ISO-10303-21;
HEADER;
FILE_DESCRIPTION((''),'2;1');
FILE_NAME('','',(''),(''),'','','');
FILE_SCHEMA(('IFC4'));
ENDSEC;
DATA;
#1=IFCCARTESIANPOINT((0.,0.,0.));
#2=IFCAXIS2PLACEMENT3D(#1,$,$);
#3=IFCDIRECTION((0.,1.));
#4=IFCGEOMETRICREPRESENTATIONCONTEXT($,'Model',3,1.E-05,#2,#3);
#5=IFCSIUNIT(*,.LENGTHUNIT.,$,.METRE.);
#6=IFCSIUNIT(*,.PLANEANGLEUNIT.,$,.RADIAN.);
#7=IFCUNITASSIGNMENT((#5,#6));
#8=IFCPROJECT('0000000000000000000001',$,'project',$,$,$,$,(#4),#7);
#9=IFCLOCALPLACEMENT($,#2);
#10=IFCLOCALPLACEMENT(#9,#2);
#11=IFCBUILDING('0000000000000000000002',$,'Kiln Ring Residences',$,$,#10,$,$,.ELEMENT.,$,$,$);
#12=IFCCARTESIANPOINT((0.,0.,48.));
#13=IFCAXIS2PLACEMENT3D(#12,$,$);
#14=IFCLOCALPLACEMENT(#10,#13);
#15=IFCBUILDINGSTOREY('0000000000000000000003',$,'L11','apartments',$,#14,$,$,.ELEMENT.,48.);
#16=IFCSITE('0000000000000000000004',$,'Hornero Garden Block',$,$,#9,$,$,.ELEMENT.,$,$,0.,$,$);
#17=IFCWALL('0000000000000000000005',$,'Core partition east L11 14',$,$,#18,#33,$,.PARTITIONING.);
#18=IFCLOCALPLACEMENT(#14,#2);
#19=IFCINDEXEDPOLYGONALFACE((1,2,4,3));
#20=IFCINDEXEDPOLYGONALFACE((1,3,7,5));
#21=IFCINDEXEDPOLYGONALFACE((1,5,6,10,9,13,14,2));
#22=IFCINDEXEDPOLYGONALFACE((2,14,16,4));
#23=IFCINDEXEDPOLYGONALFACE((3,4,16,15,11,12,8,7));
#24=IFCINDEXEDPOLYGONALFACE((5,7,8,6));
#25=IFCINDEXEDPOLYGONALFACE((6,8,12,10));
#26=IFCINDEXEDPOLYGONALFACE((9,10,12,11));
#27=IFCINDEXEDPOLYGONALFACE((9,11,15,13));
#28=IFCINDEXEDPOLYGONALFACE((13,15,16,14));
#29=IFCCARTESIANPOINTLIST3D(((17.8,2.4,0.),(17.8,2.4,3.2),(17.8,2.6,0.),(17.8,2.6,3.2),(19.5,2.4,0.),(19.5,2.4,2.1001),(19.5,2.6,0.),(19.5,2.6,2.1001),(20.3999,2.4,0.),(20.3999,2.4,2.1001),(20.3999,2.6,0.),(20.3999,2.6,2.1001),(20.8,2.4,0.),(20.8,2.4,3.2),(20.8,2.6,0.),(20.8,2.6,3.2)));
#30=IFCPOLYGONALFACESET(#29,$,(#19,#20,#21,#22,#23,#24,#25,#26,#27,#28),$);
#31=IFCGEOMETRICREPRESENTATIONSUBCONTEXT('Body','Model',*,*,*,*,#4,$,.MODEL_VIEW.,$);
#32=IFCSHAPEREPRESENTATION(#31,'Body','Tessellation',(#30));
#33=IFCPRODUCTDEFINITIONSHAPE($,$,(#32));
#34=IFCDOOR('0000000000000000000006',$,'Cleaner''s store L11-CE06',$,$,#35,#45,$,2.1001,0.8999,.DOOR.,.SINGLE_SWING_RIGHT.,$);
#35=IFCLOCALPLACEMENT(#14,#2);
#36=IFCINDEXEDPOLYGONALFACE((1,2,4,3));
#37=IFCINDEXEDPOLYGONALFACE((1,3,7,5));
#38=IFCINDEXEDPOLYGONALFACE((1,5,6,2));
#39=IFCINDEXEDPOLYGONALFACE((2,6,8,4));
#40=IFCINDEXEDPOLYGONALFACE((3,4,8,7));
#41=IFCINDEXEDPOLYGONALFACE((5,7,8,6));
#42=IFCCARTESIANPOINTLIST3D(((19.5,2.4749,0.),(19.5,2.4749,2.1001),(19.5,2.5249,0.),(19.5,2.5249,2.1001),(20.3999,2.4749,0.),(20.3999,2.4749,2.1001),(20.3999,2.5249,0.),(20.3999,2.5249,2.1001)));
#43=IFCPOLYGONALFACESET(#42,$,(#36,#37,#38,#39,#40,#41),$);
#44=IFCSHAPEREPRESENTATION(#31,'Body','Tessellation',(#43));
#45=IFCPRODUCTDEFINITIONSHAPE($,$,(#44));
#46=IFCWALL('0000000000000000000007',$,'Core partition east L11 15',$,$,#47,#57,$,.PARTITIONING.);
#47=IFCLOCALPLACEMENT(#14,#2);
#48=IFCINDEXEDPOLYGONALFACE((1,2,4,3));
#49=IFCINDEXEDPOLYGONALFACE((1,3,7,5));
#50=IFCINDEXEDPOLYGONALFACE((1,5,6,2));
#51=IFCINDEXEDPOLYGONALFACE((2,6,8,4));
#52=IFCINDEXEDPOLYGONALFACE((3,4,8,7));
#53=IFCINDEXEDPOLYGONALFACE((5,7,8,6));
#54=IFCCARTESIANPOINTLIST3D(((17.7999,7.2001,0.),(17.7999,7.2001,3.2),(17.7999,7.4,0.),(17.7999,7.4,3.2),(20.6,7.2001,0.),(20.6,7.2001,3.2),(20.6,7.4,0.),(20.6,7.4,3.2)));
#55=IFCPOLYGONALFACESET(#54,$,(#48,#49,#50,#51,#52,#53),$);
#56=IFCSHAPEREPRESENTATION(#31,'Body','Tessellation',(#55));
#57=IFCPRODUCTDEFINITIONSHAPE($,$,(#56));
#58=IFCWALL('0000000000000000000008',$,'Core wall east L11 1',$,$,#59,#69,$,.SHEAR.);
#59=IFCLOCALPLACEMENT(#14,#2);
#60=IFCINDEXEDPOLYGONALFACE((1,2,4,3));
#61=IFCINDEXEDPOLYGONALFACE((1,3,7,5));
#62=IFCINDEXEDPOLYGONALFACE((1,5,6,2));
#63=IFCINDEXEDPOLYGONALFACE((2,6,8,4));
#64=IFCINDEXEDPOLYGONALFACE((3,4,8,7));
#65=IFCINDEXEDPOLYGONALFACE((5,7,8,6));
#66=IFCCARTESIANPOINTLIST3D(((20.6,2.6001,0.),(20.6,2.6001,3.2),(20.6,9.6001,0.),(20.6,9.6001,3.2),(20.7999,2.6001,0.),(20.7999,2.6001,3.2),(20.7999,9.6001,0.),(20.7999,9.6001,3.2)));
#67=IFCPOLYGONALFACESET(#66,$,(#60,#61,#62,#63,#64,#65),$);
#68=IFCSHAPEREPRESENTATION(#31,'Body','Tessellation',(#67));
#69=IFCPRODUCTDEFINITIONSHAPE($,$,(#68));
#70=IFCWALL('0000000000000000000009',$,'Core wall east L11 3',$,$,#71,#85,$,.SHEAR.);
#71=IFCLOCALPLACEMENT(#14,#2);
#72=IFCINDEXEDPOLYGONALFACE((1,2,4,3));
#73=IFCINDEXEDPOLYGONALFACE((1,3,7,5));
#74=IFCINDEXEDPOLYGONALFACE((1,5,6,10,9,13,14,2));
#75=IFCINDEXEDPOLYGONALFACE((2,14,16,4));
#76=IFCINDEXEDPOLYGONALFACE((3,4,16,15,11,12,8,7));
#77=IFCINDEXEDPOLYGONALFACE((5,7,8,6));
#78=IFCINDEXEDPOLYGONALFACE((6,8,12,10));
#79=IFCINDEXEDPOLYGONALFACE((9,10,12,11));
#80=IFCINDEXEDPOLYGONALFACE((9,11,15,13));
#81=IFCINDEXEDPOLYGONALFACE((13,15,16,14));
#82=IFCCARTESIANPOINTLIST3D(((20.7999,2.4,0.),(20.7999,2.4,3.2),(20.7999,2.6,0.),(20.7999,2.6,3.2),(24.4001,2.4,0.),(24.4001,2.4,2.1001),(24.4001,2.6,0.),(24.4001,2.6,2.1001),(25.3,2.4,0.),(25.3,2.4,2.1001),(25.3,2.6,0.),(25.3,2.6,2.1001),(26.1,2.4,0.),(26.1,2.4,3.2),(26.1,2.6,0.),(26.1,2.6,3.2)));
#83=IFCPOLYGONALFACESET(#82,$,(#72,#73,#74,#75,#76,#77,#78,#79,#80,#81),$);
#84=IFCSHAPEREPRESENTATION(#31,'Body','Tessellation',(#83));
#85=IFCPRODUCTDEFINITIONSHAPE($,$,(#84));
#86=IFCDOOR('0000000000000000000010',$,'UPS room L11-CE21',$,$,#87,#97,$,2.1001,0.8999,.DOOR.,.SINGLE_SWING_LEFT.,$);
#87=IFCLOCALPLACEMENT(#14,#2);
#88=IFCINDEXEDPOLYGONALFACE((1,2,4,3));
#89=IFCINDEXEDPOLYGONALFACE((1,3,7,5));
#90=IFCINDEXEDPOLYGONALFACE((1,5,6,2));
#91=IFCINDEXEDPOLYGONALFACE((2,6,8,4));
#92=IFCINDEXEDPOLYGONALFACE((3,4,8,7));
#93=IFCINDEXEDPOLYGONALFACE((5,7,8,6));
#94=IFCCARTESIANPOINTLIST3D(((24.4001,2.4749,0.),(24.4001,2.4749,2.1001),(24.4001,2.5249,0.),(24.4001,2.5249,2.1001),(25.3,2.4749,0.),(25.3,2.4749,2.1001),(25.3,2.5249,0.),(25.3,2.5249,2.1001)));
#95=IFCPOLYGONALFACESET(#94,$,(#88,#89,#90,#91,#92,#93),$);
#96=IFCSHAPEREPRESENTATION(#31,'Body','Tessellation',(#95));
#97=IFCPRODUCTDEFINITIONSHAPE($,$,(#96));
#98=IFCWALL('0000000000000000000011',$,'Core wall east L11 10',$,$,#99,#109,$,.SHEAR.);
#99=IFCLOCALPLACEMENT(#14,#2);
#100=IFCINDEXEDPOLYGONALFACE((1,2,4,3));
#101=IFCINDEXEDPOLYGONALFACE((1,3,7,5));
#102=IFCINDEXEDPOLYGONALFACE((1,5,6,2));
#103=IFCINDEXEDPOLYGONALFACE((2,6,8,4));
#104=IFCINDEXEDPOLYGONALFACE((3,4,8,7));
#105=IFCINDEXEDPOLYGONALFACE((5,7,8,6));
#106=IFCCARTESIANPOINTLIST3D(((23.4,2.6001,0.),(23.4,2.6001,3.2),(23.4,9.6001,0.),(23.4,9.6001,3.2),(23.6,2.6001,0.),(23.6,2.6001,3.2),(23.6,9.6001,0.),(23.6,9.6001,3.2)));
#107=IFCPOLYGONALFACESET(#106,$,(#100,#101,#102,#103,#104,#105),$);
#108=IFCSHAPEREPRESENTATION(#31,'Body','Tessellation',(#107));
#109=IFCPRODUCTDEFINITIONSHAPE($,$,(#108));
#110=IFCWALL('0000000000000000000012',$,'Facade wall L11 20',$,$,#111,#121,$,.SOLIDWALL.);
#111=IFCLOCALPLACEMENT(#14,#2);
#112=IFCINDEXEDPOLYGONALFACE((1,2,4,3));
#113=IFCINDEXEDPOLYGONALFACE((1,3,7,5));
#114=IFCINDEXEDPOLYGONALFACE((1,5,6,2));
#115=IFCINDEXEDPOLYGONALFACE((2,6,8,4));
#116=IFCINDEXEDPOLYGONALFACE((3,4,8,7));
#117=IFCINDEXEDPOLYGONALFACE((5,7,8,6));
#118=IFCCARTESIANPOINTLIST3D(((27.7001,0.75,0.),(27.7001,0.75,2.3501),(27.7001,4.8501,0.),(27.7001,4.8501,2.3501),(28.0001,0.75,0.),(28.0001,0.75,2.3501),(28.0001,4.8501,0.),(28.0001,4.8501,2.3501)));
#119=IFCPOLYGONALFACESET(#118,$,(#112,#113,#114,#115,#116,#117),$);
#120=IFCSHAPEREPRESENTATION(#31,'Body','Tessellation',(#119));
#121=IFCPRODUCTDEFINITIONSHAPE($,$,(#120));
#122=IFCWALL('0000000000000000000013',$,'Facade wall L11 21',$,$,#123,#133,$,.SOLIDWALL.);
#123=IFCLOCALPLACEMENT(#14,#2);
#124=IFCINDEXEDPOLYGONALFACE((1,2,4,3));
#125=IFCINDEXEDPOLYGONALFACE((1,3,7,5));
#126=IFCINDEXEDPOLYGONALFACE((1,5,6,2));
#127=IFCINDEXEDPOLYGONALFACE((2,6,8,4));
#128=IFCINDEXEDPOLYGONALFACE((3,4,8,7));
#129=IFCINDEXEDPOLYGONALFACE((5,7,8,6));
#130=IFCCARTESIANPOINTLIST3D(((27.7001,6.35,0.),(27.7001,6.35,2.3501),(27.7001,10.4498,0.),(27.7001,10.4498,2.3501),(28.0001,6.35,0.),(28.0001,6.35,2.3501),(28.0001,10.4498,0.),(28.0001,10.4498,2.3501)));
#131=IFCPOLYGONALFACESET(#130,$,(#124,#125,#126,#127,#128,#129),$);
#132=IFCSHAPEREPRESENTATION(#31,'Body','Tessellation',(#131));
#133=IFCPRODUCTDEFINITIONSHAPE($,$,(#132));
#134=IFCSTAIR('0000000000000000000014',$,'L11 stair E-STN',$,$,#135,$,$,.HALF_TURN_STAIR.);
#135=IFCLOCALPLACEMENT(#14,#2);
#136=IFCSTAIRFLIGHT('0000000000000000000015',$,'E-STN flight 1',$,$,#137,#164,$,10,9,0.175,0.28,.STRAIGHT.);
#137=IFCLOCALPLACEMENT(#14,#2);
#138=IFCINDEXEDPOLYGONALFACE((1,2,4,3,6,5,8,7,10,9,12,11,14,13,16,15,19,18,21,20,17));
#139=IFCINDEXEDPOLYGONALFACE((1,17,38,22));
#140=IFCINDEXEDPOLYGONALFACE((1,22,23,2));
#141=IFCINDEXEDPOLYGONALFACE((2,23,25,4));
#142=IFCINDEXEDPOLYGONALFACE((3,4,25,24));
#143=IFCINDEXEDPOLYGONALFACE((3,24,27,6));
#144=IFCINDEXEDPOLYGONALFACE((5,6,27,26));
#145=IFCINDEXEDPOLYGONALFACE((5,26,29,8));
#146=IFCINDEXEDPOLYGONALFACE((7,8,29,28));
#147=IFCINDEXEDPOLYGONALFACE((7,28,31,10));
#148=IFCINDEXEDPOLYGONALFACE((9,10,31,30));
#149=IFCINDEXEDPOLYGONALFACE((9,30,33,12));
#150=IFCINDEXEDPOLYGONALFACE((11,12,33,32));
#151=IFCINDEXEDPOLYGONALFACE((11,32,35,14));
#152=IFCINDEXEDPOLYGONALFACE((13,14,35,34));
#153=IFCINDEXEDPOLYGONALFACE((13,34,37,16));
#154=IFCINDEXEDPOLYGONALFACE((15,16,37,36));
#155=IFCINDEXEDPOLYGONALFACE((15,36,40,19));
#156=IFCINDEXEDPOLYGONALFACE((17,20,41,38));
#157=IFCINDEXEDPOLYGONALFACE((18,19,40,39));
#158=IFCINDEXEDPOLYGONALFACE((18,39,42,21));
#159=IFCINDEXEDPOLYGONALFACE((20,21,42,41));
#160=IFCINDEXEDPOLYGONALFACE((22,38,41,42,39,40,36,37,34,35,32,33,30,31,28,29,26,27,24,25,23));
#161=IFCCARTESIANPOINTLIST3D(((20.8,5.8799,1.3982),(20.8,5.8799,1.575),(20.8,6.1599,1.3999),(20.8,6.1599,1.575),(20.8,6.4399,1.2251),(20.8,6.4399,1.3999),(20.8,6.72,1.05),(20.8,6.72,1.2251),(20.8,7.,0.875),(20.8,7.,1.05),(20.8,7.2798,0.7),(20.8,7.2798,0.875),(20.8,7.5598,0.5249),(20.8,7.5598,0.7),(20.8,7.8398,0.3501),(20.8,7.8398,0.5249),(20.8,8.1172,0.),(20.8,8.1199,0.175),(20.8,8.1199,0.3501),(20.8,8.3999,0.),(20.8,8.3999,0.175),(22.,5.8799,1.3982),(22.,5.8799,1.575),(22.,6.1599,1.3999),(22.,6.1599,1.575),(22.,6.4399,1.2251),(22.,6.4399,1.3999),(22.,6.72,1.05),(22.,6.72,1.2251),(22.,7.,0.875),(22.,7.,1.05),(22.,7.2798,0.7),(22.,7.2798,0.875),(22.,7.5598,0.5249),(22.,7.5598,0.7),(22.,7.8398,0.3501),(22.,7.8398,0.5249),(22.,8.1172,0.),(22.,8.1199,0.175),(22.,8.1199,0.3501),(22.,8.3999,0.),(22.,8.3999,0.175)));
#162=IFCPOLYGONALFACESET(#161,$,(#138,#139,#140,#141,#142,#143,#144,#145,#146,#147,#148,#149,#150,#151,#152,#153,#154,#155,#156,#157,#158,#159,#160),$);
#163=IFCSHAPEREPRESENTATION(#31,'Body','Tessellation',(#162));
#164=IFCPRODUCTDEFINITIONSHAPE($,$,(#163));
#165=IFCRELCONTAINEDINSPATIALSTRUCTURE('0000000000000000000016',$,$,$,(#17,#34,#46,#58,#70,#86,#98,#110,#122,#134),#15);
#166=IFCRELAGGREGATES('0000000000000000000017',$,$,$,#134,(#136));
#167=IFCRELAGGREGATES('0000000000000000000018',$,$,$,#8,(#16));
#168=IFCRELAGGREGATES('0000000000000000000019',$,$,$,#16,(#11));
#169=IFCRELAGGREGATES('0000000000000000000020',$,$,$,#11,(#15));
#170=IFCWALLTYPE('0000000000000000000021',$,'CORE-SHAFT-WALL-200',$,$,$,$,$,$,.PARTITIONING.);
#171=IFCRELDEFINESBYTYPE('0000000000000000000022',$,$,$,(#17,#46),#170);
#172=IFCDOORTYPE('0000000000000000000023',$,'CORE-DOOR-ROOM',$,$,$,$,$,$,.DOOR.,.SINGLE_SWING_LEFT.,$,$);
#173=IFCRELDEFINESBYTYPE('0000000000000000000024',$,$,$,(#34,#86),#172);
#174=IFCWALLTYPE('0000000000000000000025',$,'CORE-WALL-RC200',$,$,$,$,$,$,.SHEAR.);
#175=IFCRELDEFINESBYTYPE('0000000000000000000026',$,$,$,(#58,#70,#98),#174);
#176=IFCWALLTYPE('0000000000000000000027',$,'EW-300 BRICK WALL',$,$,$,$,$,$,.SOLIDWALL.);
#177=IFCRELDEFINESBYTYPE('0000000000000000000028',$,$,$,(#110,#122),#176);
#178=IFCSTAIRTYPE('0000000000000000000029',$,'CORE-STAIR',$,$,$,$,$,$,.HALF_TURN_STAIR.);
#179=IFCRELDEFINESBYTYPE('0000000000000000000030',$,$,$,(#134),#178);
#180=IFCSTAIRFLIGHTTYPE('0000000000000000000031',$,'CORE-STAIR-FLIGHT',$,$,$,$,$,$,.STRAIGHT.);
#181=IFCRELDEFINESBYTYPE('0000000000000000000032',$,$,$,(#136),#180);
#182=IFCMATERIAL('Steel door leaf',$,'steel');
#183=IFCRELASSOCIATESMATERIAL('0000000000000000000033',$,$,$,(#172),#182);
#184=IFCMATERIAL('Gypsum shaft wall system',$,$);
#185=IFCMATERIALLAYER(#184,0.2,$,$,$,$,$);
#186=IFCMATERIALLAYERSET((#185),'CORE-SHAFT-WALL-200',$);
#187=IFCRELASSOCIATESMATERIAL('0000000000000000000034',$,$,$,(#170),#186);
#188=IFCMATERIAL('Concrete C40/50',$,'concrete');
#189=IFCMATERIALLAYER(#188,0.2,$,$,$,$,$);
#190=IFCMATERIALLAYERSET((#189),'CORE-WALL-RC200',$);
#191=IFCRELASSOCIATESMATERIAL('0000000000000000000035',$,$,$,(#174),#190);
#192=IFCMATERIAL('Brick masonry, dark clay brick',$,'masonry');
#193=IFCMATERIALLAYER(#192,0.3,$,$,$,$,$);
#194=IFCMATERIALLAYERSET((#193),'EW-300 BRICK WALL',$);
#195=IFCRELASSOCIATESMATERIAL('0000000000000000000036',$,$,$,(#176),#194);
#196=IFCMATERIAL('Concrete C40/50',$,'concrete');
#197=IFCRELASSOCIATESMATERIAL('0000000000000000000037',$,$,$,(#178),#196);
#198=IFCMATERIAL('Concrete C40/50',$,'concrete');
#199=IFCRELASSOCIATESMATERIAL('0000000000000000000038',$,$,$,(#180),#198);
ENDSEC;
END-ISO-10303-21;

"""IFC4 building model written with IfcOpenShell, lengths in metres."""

from ifc_helpers import new_model, si_unit, direction, frame, frame_2d, origin, place, context, subcontext, project, spatial, polyline, rectangle, outline, extrude, material, layer, layer_set, type_object, element, fill, aggregate, save


model = new_model("IFC4")

# Units and contexts
model_context = context("Model", 3, precision=1e-05, world=origin(), true_north=direction((0.0, 1.0)))
body_context = subcontext(model_context, "Body", "Model", "MODEL_VIEW")
ifc_project = project(units=[si_unit("LENGTHUNIT", "METRE"), si_unit("PLANEANGLEUNIT", "RADIAN")], contexts=[model_context])

# Site, building, storey
site_placement = place(None, origin())
site = spatial("IfcSite", under=ifc_project, at=site_placement, Name="Hornero Garden Block", CompositionType="ELEMENT", RefElevation=0.0)
building_placement = place(site_placement, origin())
building = spatial("IfcBuilding", under=site, at=building_placement, Name="Kiln Ring Residences", CompositionType="ELEMENT")
storey_placement = place(building_placement, frame((0.0, 0.0, 48.0)))
storey = spatial("IfcBuildingStorey", under=building, at=storey_placement, Name="L11", Description="apartments", CompositionType="ELEMENT", Elevation=48.0)

# Shared definitions
ifc_material_1 = material(Name="Steel door leaf", Category="steel")
door_type = type_object("IfcDoorType", Name="CORE-DOOR-ROOM", OperationType="SINGLE_SWING_LEFT", PredefinedType="DOOR", material=ifc_material_1)

# Wall, opening, door
ifc_material_2 = material(Name="Gypsum shaft wall system")
ifc_layer_1 = layer(ifc_material_2, 0.2)
ifc_layer_set_1 = layer_set([ifc_layer_1], Name="CORE-SHAFT-WALL-200")
wall_type_1 = type_object("IfcWallType", Name="CORE-SHAFT-WALL-200", PredefinedType="PARTITIONING", material=ifc_layer_set_1)
wall_1_placement = place(storey_placement, frame((17.8, 2.5, 0.0), z_axis=(0.0, 0.0, 1.0), x_axis=(1.0, 0.0, 0.0)))
wall_1 = element("IfcWall", 1, at=wall_1_placement, inside=storey, type_object=wall_type_1, Name="Core partition east L11 14", PredefinedType="PARTITIONING", context=body_context, shape_type="SweptSolid", body=[
    extrude(rectangle(XDim=3.0, YDim=0.2, at=frame_2d((1.5, 0.0))), origin(), (0.0, 0.0, 1.0), 3.2),
])
opening_1_placement = place(wall_1_placement, frame((1.7, 0.0, 0.0)))
opening_1 = element("IfcOpeningElement", 2, at=opening_1_placement, cuts=wall_1, PredefinedType="OPENING", context=body_context, shape_type="SweptSolid", body=[
    extrude(rectangle(XDim=0.8999, YDim=2.1001, at=frame_2d((0.45, 1.05))), frame((0.0, 0.1099, 0.0), z_axis=(0.0, -1.0, 0.0), x_axis=(1.0, 0.0, 0.0)), (0.0, 0.0, 1.0), 0.22),
])
door_1_placement = place(opening_1_placement, origin())
door_1 = element("IfcDoor", 3, at=door_1_placement, inside=storey, type_object=door_type, Name="Cleaner's store L11-CE06", OperationType="SINGLE_SWING_RIGHT", OverallHeight=2.1001, OverallWidth=0.8999, PredefinedType="DOOR", context=body_context, shape_type="SweptSolid", body=[
    extrude(rectangle(XDim=0.8999, YDim=2.1001, at=frame_2d((0.45, 1.05))), frame((0.0, 0.0249, 0.0), z_axis=(0.0, -1.0, 0.0), x_axis=(1.0, 0.0, 0.0)), (0.0, 0.0, 1.0), 0.05),
])
fill(opening_1, door_1)

# Walls
wall_2_placement = place(storey_placement, frame((17.8, 7.3, 0.0), z_axis=(0.0, 0.0, 1.0), x_axis=(1.0, 0.0, 0.0)))
element("IfcWall", 4, at=wall_2_placement, inside=storey, type_object=wall_type_1, Name="Core partition east L11 15", PredefinedType="PARTITIONING", context=body_context, shape_type="SweptSolid", body=[
    extrude(rectangle(XDim=2.8, YDim=0.2, at=frame_2d((1.3999, 0.0))), origin(), (0.0, 0.0, 1.0), 3.2),
])
ifc_material_3 = material(Name="Concrete C40/50", Category="concrete")
ifc_layer_2 = layer(ifc_material_3, 0.2)
ifc_layer_set_2 = layer_set([ifc_layer_2], Name="CORE-WALL-RC200")
wall_type_2 = type_object("IfcWallType", Name="CORE-WALL-RC200", PredefinedType="SHEAR", material=ifc_layer_set_2)
wall_3_placement = place(storey_placement, frame((20.7, 2.6001, 0.0), z_axis=(0.0, 0.0, 1.0), x_axis=(0.0, 1.0, 0.0)))
element("IfcWall", 5, at=wall_3_placement, inside=storey, type_object=wall_type_2, Name="Core wall east L11 1", PredefinedType="SHEAR", context=body_context, shape_type="SweptSolid", body=[
    extrude(rectangle(XDim=7.0, YDim=0.2, at=frame_2d((3.5, 0.0))), origin(), (0.0, 0.0, 1.0), 3.2),
])

# Wall, opening, door
wall_4_placement = place(storey_placement, frame((20.8, 2.5, 0.0), z_axis=(0.0, 0.0, 1.0), x_axis=(1.0, 0.0, 0.0)))
wall_4 = element("IfcWall", 6, at=wall_4_placement, inside=storey, type_object=wall_type_2, Name="Core wall east L11 3", PredefinedType="SHEAR", context=body_context, shape_type="SweptSolid", body=[
    extrude(rectangle(XDim=5.3, YDim=0.2, at=frame_2d((2.6499, 0.0))), origin(), (0.0, 0.0, 1.0), 3.2),
])
opening_2_placement = place(wall_4_placement, frame((3.6001, 0.0, 0.0)))
opening_2 = element("IfcOpeningElement", 7, at=opening_2_placement, cuts=wall_4, PredefinedType="OPENING", context=body_context, shape_type="SweptSolid", body=[
    extrude(rectangle(XDim=0.8999, YDim=2.1001, at=frame_2d((0.45, 1.05))), frame((0.0, 0.1099, 0.0), z_axis=(0.0, -1.0, 0.0), x_axis=(1.0, 0.0, 0.0)), (0.0, 0.0, 1.0), 0.22),
])
door_2_placement = place(opening_2_placement, origin())
door_2 = element("IfcDoor", 8, at=door_2_placement, inside=storey, type_object=door_type, Name="UPS room L11-CE21", OperationType="SINGLE_SWING_LEFT", OverallHeight=2.1001, OverallWidth=0.8999, PredefinedType="DOOR", context=body_context, shape_type="SweptSolid", body=[
    extrude(rectangle(XDim=0.8999, YDim=2.1001, at=frame_2d((0.45, 1.05))), frame((0.0, 0.0249, 0.0), z_axis=(0.0, -1.0, 0.0), x_axis=(1.0, 0.0, 0.0)), (0.0, 0.0, 1.0), 0.05),
])
fill(opening_2, door_2)

# Walls
wall_5_placement = place(storey_placement, frame((23.5, 2.6001, 0.0), z_axis=(0.0, 0.0, 1.0), x_axis=(0.0, 1.0, 0.0)))
element("IfcWall", 9, at=wall_5_placement, inside=storey, type_object=wall_type_2, Name="Core wall east L11 10", PredefinedType="SHEAR", context=body_context, shape_type="SweptSolid", body=[
    extrude(rectangle(XDim=7.0, YDim=0.2, at=frame_2d((3.5, 0.0))), origin(), (0.0, 0.0, 1.0), 3.2),
])
ifc_material_4 = material(Name="Brick masonry, dark clay brick", Category="masonry")
ifc_layer_3 = layer(ifc_material_4, 0.3)
ifc_layer_set_3 = layer_set([ifc_layer_3], Name="EW-300 BRICK WALL")
wall_type_3 = type_object("IfcWallType", Name="EW-300 BRICK WALL", PredefinedType="SOLIDWALL", material=ifc_layer_set_3)
wall_6_placement = place(storey_placement, frame((27.8501, 0.75, 0.0), z_axis=(0.0, 0.0, 1.0), x_axis=(0.0, 1.0, 0.0)))
element("IfcWall", 10, at=wall_6_placement, inside=storey, type_object=wall_type_3, Name="Facade wall L11 20", PredefinedType="SOLIDWALL", context=body_context, shape_type="SweptSolid", body=[
    extrude(rectangle(XDim=4.1001, YDim=0.3, at=frame_2d((2.05, 0.0))), origin(), (0.0, 0.0, 1.0), 2.3501),
])
wall_7_placement = place(storey_placement, frame((27.8501, 6.3501, 0.0), z_axis=(0.0, 0.0, 1.0), x_axis=(0.0, 1.0, 0.0)))
element("IfcWall", 11, at=wall_7_placement, inside=storey, type_object=wall_type_3, Name="Facade wall L11 21", PredefinedType="SOLIDWALL", context=body_context, shape_type="SweptSolid", body=[
    extrude(rectangle(XDim=4.0999, YDim=0.3, at=frame_2d((2.0498, 0.0))), origin(), (0.0, 0.0, 1.0), 2.3501),
])

# Stair, stair flight
ifc_material_5 = material(Name="Concrete C40/50", Category="concrete")
stair_type = type_object("IfcStairType", Name="CORE-STAIR", PredefinedType="HALF_TURN_STAIR", material=ifc_material_5)
stair_placement = place(storey_placement, origin())
stair = element("IfcStair", 12, at=stair_placement, inside=storey, type_object=stair_type, Name="L11 stair E-STN", PredefinedType="HALF_TURN_STAIR")
ifc_material_6 = material(Name="Concrete C40/50", Category="concrete")
stair_flight_type = type_object("IfcStairFlightType", Name="CORE-STAIR-FLIGHT", PredefinedType="STRAIGHT", material=ifc_material_6)
stair_flight_1_placement = place(storey_placement, frame((21.3999, 8.3999, 0.0), z_axis=(0.0, 0.0, 1.0), x_axis=(0.0, -1.0, 0.0)))
stair_flight_1 = element("IfcStairFlight", 13, at=stair_flight_1_placement, type_object=stair_flight_type, Name="E-STN flight 1", NumberOfRisers=10, NumberOfTreads=9, PredefinedType="STRAIGHT", RiserHeight=0.175, TreadLength=0.28, context=body_context, shape_type="SweptSolid", body=[
    extrude(outline(polyline([(0.0, 0.0), (0.0, 0.175), (0.28, 0.175), (0.28, 0.3501), (0.5601, 0.3501), (0.5601, 0.5249), (0.8401, 0.5249), (0.8401, 0.7), (1.1201, 0.7), (1.1201, 0.875), (1.3999, 0.875), (1.3999, 1.05), (1.6799, 1.05), (1.6799, 1.2251), (1.96, 1.2251), (1.96, 1.3999), (2.24, 1.3999), (2.24, 1.575), (2.52, 1.575), (2.52, 1.75), (2.52, 1.3982), (0.2827, 0.0), (0.0, 0.0)])), frame((0.0, 0.6001, 0.0), z_axis=(0.0, -1.0, 0.0), x_axis=(1.0, 0.0, 0.0)), (0.0, 0.0, 1.0), 1.2),
])
aggregate(stair, [stair_flight_1])

save(model, "model.ifc")
